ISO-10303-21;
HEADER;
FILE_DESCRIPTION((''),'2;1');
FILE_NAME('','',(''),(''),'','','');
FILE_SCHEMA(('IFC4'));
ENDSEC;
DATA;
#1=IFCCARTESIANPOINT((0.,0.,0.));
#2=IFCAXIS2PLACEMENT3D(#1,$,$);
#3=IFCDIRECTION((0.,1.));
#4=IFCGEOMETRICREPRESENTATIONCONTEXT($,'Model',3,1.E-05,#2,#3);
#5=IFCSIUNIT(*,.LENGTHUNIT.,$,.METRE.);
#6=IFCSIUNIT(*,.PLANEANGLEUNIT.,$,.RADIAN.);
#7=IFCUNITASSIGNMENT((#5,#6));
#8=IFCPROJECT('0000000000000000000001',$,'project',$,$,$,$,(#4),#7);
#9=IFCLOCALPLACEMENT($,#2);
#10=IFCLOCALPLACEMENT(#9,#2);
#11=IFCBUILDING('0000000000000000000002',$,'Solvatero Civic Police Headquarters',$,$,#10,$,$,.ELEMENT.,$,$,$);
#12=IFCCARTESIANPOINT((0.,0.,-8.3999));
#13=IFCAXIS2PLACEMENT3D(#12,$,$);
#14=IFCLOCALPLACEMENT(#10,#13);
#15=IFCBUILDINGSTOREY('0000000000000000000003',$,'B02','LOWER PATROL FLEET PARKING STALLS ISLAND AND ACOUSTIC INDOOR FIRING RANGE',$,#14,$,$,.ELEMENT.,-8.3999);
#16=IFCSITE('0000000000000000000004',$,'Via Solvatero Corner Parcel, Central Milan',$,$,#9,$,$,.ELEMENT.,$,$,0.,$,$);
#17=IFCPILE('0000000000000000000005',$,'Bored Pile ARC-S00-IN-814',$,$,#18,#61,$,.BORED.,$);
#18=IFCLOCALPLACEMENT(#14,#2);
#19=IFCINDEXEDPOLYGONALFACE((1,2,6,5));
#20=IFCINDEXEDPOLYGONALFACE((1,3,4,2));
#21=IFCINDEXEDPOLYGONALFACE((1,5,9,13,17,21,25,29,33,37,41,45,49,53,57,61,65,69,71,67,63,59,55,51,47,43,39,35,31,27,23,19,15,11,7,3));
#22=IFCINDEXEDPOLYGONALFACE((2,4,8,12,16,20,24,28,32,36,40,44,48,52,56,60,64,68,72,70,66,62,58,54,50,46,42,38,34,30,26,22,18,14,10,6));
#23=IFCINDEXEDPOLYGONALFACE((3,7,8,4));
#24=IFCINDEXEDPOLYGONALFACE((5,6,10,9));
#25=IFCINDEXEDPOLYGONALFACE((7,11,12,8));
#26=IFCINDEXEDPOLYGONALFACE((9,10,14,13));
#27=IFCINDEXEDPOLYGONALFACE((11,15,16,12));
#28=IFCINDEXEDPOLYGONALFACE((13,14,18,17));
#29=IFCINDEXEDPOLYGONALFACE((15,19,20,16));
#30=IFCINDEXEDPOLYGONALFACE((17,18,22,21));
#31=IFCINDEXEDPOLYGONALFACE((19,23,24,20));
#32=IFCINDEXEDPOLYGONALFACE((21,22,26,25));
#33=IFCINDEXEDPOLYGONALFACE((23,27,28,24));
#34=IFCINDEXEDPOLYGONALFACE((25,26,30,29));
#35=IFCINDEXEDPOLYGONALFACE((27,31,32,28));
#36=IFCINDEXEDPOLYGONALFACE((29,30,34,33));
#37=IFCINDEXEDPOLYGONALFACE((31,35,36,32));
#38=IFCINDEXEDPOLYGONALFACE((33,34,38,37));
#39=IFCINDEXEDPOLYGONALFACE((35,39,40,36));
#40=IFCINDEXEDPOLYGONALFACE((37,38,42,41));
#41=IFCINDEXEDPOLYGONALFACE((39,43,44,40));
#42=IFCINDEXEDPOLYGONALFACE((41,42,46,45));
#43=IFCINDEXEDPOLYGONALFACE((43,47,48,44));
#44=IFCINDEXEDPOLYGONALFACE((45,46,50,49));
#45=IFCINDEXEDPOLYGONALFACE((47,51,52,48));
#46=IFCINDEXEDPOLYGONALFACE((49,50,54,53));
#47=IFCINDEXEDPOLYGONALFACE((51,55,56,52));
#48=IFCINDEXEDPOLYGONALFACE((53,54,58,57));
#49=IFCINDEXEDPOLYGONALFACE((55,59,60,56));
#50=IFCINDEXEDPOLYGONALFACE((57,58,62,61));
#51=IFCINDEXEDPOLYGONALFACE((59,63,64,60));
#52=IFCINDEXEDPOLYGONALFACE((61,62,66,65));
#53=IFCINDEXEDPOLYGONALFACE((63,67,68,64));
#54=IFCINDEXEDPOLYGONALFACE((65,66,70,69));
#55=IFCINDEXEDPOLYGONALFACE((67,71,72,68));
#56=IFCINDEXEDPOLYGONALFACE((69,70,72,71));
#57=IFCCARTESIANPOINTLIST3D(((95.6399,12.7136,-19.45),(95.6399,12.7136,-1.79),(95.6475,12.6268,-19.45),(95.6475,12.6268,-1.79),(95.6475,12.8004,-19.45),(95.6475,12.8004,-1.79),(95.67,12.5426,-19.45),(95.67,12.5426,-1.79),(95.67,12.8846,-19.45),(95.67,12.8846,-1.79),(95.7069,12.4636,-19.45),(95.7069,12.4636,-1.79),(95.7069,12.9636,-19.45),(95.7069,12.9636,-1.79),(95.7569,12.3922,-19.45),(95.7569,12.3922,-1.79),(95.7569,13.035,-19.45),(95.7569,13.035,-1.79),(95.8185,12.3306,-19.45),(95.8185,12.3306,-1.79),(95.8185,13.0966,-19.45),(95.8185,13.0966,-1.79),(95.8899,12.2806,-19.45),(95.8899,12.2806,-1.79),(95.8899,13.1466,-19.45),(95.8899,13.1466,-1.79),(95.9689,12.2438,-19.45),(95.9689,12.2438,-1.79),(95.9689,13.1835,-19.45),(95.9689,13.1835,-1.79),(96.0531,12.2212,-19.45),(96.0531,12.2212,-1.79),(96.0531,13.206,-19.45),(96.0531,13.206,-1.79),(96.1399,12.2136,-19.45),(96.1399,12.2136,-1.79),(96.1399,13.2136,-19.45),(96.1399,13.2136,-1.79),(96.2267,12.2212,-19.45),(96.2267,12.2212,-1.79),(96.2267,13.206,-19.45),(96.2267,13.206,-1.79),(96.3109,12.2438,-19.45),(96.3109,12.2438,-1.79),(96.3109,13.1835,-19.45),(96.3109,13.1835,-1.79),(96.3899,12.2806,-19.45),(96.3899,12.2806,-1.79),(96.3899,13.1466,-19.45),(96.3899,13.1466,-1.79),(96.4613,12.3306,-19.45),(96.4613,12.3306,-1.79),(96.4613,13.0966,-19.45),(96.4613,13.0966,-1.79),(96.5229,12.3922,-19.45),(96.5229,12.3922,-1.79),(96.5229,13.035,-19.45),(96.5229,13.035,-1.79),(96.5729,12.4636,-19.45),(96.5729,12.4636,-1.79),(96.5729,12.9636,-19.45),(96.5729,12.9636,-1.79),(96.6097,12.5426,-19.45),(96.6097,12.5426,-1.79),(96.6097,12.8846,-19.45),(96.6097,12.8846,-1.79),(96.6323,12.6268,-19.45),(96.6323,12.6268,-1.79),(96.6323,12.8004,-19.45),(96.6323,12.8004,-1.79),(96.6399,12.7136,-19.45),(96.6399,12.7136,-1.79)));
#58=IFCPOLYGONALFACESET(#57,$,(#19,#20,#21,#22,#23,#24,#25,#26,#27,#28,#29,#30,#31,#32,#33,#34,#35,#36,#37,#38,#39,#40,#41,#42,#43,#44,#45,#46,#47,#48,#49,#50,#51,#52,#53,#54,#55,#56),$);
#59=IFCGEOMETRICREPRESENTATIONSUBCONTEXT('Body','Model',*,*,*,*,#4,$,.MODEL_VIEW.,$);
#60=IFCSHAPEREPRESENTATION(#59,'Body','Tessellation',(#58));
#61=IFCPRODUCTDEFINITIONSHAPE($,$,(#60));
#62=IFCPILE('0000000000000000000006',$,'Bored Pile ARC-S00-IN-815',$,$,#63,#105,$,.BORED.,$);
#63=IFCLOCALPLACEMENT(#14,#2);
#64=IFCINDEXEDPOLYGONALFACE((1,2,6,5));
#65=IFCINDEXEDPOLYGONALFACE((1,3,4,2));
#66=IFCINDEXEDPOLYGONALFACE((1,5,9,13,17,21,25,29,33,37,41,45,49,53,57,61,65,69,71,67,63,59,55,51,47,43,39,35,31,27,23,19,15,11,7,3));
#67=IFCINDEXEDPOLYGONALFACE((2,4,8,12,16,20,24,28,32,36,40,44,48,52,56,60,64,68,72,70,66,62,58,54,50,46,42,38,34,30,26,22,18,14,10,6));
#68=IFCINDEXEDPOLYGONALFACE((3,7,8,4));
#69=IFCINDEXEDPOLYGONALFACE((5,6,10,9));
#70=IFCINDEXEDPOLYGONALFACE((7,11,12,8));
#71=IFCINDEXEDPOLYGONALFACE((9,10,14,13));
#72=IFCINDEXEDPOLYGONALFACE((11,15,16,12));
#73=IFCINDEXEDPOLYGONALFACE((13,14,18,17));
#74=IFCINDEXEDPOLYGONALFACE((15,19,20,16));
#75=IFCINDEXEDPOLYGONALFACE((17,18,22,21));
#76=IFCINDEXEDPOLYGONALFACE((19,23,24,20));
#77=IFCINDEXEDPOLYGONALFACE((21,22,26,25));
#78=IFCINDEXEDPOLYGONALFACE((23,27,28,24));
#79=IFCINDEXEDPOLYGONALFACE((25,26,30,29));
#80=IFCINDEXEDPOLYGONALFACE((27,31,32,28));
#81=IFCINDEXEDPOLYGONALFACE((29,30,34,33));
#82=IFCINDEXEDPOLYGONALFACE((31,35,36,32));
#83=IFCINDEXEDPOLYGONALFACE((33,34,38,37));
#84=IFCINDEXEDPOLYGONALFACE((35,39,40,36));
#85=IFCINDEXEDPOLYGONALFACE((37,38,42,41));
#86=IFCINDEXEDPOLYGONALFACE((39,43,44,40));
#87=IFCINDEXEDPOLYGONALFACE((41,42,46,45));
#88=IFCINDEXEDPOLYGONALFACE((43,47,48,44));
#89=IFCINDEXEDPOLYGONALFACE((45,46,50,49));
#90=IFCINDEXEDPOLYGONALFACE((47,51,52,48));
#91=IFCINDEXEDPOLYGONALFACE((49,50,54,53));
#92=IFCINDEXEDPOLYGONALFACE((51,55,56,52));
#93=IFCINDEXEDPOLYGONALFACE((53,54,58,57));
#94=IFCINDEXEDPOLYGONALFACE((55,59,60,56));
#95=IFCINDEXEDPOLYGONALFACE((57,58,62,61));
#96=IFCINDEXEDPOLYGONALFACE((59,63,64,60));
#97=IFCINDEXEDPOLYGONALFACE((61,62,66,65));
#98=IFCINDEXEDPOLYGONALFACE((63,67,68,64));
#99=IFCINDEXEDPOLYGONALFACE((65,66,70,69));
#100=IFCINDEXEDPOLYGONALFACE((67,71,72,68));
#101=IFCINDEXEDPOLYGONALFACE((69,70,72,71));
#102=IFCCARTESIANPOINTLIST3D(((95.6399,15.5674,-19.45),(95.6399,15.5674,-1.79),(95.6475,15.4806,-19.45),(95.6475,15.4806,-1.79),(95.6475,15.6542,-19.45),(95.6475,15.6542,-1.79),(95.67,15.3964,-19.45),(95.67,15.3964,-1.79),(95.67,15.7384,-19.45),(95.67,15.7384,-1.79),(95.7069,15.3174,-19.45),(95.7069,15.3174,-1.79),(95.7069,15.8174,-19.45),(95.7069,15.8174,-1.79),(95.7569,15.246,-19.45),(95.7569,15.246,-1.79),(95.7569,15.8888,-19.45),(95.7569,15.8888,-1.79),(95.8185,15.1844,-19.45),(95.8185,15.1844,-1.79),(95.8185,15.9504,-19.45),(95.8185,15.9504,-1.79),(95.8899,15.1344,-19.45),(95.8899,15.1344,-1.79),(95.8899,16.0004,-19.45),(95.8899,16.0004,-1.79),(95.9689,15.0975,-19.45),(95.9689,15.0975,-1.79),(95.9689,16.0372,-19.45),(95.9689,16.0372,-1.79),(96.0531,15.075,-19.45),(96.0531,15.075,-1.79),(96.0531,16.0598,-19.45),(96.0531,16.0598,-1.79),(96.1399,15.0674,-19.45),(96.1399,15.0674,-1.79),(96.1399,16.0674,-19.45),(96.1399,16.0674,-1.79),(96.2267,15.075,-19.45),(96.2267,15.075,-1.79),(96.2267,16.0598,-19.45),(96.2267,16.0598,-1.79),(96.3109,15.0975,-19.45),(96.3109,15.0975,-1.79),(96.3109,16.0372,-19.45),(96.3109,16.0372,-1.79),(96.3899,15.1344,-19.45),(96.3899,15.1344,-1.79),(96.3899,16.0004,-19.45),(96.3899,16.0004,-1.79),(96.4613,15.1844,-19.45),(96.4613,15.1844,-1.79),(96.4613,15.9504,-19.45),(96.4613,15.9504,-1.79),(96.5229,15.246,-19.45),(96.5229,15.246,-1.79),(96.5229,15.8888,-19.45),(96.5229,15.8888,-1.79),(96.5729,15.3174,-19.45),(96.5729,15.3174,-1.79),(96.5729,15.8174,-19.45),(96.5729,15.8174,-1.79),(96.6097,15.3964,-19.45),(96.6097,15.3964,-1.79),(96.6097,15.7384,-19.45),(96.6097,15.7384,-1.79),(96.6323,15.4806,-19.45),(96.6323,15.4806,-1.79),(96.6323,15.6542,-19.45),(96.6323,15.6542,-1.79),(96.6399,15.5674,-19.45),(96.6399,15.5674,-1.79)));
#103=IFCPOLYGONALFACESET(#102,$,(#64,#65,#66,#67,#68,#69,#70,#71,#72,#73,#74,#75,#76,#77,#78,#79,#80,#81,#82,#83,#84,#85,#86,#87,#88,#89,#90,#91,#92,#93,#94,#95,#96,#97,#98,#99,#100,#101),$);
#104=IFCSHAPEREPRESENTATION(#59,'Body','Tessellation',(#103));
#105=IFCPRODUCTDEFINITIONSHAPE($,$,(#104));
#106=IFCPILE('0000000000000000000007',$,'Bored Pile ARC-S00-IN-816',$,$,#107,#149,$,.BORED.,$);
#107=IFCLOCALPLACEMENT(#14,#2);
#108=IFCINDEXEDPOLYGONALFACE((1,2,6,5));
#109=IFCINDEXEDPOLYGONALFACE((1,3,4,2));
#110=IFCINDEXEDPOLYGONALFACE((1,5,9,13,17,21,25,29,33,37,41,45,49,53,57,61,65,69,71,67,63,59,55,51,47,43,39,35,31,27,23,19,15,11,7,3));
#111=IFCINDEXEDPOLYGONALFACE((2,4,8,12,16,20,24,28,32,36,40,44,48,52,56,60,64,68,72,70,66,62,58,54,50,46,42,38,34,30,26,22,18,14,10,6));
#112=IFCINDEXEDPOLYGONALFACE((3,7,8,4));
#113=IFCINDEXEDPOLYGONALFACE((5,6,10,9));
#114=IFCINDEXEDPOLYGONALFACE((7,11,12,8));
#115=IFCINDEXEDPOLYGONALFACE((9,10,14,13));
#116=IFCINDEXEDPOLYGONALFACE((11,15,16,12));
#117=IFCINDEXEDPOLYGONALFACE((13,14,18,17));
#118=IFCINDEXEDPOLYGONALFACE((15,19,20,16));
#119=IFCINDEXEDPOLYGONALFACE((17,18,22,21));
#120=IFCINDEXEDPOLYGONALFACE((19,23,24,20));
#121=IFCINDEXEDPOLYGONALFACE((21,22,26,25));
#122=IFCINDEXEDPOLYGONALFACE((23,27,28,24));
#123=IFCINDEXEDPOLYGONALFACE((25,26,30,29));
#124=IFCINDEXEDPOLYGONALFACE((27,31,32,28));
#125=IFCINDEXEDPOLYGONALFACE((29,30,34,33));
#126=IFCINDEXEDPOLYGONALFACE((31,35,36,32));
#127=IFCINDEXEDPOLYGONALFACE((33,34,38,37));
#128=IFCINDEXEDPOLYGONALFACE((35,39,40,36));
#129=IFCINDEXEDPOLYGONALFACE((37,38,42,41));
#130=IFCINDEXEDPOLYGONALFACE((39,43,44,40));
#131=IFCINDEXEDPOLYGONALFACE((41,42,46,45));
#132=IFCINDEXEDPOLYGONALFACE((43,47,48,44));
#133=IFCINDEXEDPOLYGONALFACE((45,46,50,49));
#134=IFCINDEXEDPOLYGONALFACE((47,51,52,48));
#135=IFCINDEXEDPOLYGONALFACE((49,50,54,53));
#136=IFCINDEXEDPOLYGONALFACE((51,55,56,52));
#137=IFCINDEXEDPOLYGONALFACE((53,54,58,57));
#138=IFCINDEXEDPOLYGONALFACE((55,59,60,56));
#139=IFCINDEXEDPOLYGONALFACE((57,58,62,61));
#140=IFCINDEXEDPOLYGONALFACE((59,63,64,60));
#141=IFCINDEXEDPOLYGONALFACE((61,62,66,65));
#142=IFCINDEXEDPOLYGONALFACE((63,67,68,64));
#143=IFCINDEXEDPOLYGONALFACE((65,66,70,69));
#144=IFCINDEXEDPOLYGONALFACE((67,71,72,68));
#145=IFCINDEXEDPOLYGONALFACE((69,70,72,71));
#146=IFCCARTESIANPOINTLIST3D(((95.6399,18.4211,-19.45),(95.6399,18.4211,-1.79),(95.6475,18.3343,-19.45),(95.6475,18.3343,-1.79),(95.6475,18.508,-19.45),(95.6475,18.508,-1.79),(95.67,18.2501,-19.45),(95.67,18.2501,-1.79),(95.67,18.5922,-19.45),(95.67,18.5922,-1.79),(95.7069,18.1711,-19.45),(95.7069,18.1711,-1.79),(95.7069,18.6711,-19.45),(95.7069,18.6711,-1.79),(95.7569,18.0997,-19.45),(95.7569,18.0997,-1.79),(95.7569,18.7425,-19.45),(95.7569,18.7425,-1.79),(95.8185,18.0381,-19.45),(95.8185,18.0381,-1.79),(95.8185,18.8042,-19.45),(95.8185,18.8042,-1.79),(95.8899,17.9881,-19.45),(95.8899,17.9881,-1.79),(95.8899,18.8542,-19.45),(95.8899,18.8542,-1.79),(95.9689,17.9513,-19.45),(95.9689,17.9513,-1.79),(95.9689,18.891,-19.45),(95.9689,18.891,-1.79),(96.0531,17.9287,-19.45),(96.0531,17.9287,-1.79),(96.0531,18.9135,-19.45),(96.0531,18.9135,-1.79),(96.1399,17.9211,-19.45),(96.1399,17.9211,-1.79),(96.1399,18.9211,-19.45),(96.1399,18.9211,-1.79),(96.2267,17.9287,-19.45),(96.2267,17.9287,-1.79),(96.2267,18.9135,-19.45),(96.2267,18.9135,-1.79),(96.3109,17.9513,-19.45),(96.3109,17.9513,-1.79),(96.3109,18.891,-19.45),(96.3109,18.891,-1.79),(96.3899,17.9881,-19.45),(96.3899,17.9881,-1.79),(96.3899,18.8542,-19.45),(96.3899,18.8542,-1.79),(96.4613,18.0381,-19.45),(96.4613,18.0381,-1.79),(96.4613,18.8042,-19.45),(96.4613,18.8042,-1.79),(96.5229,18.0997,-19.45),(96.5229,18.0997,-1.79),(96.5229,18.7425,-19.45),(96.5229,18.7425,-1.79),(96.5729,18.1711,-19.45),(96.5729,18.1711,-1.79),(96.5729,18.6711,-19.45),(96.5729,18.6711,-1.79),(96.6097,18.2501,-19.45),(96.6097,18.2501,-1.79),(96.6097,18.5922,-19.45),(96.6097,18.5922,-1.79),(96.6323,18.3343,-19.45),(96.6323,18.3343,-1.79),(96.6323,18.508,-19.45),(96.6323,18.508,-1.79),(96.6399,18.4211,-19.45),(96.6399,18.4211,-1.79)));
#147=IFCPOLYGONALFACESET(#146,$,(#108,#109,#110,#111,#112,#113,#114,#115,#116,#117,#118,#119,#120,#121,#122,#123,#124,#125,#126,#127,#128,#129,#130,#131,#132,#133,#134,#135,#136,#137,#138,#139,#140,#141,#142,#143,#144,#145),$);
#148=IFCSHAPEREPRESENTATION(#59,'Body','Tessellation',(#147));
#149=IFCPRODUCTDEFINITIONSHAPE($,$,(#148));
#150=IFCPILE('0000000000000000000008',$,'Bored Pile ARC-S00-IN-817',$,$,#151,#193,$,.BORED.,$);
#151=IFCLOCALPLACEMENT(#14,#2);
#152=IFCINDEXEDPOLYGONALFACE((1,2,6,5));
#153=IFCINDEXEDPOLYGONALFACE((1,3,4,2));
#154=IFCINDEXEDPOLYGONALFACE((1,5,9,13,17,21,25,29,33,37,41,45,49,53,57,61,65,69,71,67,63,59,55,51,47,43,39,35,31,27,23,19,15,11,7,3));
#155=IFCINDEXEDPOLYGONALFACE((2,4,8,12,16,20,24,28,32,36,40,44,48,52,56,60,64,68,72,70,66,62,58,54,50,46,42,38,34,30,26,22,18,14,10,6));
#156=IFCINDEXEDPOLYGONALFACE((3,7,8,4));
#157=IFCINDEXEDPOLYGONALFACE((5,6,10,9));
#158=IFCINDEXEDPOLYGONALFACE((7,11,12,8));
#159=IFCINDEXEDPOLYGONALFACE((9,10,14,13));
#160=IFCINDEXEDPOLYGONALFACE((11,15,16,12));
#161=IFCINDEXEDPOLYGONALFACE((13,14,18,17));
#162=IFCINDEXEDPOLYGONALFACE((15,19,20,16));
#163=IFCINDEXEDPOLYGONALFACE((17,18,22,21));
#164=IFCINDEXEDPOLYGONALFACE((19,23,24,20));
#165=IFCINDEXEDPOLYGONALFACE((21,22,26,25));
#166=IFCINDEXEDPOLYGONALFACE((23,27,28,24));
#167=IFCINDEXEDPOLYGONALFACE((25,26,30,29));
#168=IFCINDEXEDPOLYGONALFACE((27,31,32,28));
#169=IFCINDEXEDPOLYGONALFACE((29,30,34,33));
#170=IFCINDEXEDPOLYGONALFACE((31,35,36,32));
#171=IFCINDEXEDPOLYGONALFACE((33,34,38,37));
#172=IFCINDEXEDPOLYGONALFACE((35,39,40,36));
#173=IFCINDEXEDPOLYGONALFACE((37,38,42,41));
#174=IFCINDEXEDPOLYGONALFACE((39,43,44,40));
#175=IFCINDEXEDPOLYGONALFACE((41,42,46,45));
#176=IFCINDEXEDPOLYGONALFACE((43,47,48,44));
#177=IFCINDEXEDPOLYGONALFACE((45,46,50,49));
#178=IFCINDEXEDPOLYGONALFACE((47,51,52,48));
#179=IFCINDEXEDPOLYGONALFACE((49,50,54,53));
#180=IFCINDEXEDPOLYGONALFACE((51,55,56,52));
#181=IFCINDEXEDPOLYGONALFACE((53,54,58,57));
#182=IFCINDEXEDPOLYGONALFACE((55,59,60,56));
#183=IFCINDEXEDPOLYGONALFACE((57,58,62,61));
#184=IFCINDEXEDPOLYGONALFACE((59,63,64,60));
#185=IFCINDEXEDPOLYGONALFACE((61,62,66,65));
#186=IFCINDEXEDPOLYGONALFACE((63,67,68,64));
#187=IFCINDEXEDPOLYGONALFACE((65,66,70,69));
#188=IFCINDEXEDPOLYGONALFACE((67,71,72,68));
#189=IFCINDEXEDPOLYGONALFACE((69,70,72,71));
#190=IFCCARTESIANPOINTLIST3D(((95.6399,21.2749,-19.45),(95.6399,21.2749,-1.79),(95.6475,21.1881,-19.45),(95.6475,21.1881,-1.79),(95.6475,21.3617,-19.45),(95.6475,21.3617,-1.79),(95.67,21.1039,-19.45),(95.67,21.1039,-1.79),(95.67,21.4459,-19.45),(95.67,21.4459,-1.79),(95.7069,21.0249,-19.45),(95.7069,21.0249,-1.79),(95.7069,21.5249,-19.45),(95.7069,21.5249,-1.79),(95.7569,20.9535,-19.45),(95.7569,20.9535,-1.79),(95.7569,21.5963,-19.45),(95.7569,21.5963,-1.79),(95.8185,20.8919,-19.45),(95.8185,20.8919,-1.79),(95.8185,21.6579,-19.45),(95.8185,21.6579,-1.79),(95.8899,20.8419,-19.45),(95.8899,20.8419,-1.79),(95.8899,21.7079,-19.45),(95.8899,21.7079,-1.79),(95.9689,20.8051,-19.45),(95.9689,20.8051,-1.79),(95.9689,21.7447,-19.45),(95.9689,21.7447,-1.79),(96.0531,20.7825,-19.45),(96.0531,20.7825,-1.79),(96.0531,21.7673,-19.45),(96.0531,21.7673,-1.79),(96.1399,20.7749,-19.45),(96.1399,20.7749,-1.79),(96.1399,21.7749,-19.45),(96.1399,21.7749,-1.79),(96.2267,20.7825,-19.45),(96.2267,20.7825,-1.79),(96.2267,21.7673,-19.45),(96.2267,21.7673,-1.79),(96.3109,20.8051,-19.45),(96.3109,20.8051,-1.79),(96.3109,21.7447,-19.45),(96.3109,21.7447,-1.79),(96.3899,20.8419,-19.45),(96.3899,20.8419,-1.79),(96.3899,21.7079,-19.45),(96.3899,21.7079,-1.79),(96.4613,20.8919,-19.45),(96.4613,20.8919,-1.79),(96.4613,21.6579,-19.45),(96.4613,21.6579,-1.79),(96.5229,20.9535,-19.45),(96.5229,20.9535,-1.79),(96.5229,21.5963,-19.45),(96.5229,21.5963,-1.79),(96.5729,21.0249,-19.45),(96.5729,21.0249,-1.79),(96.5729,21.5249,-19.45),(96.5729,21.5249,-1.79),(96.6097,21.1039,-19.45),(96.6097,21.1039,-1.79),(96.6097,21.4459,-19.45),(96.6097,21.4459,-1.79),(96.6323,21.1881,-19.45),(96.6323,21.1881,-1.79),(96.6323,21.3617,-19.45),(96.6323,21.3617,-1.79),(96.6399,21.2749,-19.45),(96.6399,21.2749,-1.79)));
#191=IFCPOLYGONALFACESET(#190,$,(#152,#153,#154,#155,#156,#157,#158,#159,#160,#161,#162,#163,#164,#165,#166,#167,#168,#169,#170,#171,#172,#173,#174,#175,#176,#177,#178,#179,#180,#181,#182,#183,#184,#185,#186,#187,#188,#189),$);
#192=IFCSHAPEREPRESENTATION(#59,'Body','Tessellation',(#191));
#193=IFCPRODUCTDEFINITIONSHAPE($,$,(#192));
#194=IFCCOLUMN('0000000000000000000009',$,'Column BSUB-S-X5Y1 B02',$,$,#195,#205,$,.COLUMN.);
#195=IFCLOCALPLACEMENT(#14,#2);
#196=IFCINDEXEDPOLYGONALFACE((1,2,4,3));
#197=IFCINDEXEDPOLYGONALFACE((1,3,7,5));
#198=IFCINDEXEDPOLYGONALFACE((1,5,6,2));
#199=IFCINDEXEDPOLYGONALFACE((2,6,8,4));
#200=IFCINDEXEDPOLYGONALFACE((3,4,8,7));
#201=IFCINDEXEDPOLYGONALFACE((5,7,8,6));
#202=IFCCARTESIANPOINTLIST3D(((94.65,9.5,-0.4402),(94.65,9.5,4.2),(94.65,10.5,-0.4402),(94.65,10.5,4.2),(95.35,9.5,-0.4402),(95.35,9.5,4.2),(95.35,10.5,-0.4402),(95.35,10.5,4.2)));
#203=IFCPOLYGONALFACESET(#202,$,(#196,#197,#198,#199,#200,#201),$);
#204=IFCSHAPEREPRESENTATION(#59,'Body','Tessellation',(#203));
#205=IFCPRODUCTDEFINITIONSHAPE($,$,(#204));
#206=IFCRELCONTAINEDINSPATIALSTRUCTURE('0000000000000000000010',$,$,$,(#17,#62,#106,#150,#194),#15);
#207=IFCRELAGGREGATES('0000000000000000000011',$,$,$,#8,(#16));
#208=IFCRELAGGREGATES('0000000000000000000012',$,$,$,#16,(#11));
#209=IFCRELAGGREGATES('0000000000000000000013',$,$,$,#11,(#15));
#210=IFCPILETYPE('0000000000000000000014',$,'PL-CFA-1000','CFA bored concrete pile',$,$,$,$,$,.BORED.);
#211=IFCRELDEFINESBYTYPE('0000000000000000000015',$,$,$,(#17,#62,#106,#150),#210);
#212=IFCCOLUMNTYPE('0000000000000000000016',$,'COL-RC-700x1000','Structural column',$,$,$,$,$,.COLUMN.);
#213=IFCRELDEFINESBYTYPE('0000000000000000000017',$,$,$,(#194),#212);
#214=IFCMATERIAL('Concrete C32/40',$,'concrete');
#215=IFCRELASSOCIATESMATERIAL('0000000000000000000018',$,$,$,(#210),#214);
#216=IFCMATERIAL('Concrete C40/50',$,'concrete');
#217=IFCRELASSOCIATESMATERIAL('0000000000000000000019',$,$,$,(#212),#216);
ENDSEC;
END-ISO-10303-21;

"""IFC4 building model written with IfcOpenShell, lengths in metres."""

from ifc_helpers import new_model, si_unit, direction, frame, origin, origin_2d, place, context, subcontext, project, spatial, rectangle, circle, extrude, material, material_profile, profile_set, type_object, element, save


model = new_model("IFC4")

# Units and contexts
model_context = context("Model", 3, precision=1e-05, world=origin(), true_north=direction((0.0, 1.0)))
body_context = subcontext(model_context, "Body", "Model", "MODEL_VIEW")
ifc_project = project(units=[si_unit("LENGTHUNIT", "METRE"), si_unit("PLANEANGLEUNIT", "RADIAN")], contexts=[model_context])

# Site, building, storey
site_placement = place(None, origin())
site = spatial("IfcSite", under=ifc_project, at=site_placement, Name="Via Solvatero Corner Parcel, Central Milan", CompositionType="ELEMENT", RefElevation=0.0)
building_placement = place(site_placement, origin())
building = spatial("IfcBuilding", under=site, at=building_placement, Name="Solvatero Civic Police Headquarters", CompositionType="ELEMENT")
storey_placement = place(building_placement, frame((0.0, 0.0, -8.3999)))
storey = spatial("IfcBuildingStorey", under=building, at=storey_placement, Name="B02", Description="LOWER PATROL FLEET PARKING STALLS ISLAND AND ACOUSTIC INDOOR FIRING RANGE", CompositionType="ELEMENT", Elevation=-8.3999)

# Piles
ifc_material_1 = material(Name="Concrete C32/40", Category="concrete")
ifc_material_profile_1 = material_profile(ifc_material_1, circle(Radius=0.5, at=origin_2d()), Name="CFA PILE D1000")
ifc_profile_set_1 = profile_set([ifc_material_profile_1], Name="Concrete C32/40")
pile_type = type_object("IfcPileType", Name="PL-CFA-1000", Description="CFA bored concrete pile", PredefinedType="BORED", material=ifc_profile_set_1)
for number, where, z_axis, x_axis, name in (
    (1, (96.1399, 12.7136, -1.79), (0.0, 0.0, -1.0), (1.0, 0.0, 0.0), "Bored Pile ARC-S00-IN-814"),
    (2, (96.1399, 15.5674, -1.79), (0.0, 0.0, -1.0), (1.0, 0.0, 0.0), "Bored Pile ARC-S00-IN-815"),
    (3, (96.1399, 18.4211, -1.79), (0.0, 0.0, -1.0), (1.0, 0.0, 0.0), "Bored Pile ARC-S00-IN-816"),
    (4, (96.1399, 21.2749, -1.79), (0.0, 0.0, -1.0), (1.0, 0.0, 0.0), "Bored Pile ARC-S00-IN-817"),
):
    element("IfcPile", number, at=place(storey_placement, frame(where, z_axis=z_axis, x_axis=x_axis)), inside=storey, type_object=pile_type, Name=name, PredefinedType="BORED", context=body_context, shape_type="SweptSolid", body=[
        extrude(circle(Radius=0.5, at=origin_2d()), origin(), (0.0, 0.0, 1.0), 17.6599),
    ])

# Column
ifc_material_2 = material(Name="Concrete C40/50", Category="concrete")
ifc_material_profile_2 = material_profile(ifc_material_2, rectangle(XDim=0.7, YDim=1.0, at=origin_2d()), Name="RC 700x1000")
ifc_profile_set_2 = profile_set([ifc_material_profile_2], Name="Concrete C40/50")
column_type_1 = type_object("IfcColumnType", Name="COL-RC-700x1000", Description="Structural column", PredefinedType="COLUMN", material=ifc_profile_set_2)
for number, where, z_axis, x_axis, name in (
    (5, (95.0, 10.0, -0.4402), (0.0, 0.0, 1.0), (1.0, 0.0, 0.0), "Column BSUB-S-X5Y1 B02"),
):
    element("IfcColumn", number, at=place(storey_placement, frame(where, z_axis=z_axis, x_axis=x_axis)), inside=storey, type_object=column_type_1, Name=name, PredefinedType="COLUMN", context=body_context, shape_type="SweptSolid", body=[
        extrude(rectangle(XDim=0.7, YDim=1.0, at=origin_2d()), origin(), (0.0, 0.0, 1.0), 4.6401),
    ])

save(model, "model.ifc")
